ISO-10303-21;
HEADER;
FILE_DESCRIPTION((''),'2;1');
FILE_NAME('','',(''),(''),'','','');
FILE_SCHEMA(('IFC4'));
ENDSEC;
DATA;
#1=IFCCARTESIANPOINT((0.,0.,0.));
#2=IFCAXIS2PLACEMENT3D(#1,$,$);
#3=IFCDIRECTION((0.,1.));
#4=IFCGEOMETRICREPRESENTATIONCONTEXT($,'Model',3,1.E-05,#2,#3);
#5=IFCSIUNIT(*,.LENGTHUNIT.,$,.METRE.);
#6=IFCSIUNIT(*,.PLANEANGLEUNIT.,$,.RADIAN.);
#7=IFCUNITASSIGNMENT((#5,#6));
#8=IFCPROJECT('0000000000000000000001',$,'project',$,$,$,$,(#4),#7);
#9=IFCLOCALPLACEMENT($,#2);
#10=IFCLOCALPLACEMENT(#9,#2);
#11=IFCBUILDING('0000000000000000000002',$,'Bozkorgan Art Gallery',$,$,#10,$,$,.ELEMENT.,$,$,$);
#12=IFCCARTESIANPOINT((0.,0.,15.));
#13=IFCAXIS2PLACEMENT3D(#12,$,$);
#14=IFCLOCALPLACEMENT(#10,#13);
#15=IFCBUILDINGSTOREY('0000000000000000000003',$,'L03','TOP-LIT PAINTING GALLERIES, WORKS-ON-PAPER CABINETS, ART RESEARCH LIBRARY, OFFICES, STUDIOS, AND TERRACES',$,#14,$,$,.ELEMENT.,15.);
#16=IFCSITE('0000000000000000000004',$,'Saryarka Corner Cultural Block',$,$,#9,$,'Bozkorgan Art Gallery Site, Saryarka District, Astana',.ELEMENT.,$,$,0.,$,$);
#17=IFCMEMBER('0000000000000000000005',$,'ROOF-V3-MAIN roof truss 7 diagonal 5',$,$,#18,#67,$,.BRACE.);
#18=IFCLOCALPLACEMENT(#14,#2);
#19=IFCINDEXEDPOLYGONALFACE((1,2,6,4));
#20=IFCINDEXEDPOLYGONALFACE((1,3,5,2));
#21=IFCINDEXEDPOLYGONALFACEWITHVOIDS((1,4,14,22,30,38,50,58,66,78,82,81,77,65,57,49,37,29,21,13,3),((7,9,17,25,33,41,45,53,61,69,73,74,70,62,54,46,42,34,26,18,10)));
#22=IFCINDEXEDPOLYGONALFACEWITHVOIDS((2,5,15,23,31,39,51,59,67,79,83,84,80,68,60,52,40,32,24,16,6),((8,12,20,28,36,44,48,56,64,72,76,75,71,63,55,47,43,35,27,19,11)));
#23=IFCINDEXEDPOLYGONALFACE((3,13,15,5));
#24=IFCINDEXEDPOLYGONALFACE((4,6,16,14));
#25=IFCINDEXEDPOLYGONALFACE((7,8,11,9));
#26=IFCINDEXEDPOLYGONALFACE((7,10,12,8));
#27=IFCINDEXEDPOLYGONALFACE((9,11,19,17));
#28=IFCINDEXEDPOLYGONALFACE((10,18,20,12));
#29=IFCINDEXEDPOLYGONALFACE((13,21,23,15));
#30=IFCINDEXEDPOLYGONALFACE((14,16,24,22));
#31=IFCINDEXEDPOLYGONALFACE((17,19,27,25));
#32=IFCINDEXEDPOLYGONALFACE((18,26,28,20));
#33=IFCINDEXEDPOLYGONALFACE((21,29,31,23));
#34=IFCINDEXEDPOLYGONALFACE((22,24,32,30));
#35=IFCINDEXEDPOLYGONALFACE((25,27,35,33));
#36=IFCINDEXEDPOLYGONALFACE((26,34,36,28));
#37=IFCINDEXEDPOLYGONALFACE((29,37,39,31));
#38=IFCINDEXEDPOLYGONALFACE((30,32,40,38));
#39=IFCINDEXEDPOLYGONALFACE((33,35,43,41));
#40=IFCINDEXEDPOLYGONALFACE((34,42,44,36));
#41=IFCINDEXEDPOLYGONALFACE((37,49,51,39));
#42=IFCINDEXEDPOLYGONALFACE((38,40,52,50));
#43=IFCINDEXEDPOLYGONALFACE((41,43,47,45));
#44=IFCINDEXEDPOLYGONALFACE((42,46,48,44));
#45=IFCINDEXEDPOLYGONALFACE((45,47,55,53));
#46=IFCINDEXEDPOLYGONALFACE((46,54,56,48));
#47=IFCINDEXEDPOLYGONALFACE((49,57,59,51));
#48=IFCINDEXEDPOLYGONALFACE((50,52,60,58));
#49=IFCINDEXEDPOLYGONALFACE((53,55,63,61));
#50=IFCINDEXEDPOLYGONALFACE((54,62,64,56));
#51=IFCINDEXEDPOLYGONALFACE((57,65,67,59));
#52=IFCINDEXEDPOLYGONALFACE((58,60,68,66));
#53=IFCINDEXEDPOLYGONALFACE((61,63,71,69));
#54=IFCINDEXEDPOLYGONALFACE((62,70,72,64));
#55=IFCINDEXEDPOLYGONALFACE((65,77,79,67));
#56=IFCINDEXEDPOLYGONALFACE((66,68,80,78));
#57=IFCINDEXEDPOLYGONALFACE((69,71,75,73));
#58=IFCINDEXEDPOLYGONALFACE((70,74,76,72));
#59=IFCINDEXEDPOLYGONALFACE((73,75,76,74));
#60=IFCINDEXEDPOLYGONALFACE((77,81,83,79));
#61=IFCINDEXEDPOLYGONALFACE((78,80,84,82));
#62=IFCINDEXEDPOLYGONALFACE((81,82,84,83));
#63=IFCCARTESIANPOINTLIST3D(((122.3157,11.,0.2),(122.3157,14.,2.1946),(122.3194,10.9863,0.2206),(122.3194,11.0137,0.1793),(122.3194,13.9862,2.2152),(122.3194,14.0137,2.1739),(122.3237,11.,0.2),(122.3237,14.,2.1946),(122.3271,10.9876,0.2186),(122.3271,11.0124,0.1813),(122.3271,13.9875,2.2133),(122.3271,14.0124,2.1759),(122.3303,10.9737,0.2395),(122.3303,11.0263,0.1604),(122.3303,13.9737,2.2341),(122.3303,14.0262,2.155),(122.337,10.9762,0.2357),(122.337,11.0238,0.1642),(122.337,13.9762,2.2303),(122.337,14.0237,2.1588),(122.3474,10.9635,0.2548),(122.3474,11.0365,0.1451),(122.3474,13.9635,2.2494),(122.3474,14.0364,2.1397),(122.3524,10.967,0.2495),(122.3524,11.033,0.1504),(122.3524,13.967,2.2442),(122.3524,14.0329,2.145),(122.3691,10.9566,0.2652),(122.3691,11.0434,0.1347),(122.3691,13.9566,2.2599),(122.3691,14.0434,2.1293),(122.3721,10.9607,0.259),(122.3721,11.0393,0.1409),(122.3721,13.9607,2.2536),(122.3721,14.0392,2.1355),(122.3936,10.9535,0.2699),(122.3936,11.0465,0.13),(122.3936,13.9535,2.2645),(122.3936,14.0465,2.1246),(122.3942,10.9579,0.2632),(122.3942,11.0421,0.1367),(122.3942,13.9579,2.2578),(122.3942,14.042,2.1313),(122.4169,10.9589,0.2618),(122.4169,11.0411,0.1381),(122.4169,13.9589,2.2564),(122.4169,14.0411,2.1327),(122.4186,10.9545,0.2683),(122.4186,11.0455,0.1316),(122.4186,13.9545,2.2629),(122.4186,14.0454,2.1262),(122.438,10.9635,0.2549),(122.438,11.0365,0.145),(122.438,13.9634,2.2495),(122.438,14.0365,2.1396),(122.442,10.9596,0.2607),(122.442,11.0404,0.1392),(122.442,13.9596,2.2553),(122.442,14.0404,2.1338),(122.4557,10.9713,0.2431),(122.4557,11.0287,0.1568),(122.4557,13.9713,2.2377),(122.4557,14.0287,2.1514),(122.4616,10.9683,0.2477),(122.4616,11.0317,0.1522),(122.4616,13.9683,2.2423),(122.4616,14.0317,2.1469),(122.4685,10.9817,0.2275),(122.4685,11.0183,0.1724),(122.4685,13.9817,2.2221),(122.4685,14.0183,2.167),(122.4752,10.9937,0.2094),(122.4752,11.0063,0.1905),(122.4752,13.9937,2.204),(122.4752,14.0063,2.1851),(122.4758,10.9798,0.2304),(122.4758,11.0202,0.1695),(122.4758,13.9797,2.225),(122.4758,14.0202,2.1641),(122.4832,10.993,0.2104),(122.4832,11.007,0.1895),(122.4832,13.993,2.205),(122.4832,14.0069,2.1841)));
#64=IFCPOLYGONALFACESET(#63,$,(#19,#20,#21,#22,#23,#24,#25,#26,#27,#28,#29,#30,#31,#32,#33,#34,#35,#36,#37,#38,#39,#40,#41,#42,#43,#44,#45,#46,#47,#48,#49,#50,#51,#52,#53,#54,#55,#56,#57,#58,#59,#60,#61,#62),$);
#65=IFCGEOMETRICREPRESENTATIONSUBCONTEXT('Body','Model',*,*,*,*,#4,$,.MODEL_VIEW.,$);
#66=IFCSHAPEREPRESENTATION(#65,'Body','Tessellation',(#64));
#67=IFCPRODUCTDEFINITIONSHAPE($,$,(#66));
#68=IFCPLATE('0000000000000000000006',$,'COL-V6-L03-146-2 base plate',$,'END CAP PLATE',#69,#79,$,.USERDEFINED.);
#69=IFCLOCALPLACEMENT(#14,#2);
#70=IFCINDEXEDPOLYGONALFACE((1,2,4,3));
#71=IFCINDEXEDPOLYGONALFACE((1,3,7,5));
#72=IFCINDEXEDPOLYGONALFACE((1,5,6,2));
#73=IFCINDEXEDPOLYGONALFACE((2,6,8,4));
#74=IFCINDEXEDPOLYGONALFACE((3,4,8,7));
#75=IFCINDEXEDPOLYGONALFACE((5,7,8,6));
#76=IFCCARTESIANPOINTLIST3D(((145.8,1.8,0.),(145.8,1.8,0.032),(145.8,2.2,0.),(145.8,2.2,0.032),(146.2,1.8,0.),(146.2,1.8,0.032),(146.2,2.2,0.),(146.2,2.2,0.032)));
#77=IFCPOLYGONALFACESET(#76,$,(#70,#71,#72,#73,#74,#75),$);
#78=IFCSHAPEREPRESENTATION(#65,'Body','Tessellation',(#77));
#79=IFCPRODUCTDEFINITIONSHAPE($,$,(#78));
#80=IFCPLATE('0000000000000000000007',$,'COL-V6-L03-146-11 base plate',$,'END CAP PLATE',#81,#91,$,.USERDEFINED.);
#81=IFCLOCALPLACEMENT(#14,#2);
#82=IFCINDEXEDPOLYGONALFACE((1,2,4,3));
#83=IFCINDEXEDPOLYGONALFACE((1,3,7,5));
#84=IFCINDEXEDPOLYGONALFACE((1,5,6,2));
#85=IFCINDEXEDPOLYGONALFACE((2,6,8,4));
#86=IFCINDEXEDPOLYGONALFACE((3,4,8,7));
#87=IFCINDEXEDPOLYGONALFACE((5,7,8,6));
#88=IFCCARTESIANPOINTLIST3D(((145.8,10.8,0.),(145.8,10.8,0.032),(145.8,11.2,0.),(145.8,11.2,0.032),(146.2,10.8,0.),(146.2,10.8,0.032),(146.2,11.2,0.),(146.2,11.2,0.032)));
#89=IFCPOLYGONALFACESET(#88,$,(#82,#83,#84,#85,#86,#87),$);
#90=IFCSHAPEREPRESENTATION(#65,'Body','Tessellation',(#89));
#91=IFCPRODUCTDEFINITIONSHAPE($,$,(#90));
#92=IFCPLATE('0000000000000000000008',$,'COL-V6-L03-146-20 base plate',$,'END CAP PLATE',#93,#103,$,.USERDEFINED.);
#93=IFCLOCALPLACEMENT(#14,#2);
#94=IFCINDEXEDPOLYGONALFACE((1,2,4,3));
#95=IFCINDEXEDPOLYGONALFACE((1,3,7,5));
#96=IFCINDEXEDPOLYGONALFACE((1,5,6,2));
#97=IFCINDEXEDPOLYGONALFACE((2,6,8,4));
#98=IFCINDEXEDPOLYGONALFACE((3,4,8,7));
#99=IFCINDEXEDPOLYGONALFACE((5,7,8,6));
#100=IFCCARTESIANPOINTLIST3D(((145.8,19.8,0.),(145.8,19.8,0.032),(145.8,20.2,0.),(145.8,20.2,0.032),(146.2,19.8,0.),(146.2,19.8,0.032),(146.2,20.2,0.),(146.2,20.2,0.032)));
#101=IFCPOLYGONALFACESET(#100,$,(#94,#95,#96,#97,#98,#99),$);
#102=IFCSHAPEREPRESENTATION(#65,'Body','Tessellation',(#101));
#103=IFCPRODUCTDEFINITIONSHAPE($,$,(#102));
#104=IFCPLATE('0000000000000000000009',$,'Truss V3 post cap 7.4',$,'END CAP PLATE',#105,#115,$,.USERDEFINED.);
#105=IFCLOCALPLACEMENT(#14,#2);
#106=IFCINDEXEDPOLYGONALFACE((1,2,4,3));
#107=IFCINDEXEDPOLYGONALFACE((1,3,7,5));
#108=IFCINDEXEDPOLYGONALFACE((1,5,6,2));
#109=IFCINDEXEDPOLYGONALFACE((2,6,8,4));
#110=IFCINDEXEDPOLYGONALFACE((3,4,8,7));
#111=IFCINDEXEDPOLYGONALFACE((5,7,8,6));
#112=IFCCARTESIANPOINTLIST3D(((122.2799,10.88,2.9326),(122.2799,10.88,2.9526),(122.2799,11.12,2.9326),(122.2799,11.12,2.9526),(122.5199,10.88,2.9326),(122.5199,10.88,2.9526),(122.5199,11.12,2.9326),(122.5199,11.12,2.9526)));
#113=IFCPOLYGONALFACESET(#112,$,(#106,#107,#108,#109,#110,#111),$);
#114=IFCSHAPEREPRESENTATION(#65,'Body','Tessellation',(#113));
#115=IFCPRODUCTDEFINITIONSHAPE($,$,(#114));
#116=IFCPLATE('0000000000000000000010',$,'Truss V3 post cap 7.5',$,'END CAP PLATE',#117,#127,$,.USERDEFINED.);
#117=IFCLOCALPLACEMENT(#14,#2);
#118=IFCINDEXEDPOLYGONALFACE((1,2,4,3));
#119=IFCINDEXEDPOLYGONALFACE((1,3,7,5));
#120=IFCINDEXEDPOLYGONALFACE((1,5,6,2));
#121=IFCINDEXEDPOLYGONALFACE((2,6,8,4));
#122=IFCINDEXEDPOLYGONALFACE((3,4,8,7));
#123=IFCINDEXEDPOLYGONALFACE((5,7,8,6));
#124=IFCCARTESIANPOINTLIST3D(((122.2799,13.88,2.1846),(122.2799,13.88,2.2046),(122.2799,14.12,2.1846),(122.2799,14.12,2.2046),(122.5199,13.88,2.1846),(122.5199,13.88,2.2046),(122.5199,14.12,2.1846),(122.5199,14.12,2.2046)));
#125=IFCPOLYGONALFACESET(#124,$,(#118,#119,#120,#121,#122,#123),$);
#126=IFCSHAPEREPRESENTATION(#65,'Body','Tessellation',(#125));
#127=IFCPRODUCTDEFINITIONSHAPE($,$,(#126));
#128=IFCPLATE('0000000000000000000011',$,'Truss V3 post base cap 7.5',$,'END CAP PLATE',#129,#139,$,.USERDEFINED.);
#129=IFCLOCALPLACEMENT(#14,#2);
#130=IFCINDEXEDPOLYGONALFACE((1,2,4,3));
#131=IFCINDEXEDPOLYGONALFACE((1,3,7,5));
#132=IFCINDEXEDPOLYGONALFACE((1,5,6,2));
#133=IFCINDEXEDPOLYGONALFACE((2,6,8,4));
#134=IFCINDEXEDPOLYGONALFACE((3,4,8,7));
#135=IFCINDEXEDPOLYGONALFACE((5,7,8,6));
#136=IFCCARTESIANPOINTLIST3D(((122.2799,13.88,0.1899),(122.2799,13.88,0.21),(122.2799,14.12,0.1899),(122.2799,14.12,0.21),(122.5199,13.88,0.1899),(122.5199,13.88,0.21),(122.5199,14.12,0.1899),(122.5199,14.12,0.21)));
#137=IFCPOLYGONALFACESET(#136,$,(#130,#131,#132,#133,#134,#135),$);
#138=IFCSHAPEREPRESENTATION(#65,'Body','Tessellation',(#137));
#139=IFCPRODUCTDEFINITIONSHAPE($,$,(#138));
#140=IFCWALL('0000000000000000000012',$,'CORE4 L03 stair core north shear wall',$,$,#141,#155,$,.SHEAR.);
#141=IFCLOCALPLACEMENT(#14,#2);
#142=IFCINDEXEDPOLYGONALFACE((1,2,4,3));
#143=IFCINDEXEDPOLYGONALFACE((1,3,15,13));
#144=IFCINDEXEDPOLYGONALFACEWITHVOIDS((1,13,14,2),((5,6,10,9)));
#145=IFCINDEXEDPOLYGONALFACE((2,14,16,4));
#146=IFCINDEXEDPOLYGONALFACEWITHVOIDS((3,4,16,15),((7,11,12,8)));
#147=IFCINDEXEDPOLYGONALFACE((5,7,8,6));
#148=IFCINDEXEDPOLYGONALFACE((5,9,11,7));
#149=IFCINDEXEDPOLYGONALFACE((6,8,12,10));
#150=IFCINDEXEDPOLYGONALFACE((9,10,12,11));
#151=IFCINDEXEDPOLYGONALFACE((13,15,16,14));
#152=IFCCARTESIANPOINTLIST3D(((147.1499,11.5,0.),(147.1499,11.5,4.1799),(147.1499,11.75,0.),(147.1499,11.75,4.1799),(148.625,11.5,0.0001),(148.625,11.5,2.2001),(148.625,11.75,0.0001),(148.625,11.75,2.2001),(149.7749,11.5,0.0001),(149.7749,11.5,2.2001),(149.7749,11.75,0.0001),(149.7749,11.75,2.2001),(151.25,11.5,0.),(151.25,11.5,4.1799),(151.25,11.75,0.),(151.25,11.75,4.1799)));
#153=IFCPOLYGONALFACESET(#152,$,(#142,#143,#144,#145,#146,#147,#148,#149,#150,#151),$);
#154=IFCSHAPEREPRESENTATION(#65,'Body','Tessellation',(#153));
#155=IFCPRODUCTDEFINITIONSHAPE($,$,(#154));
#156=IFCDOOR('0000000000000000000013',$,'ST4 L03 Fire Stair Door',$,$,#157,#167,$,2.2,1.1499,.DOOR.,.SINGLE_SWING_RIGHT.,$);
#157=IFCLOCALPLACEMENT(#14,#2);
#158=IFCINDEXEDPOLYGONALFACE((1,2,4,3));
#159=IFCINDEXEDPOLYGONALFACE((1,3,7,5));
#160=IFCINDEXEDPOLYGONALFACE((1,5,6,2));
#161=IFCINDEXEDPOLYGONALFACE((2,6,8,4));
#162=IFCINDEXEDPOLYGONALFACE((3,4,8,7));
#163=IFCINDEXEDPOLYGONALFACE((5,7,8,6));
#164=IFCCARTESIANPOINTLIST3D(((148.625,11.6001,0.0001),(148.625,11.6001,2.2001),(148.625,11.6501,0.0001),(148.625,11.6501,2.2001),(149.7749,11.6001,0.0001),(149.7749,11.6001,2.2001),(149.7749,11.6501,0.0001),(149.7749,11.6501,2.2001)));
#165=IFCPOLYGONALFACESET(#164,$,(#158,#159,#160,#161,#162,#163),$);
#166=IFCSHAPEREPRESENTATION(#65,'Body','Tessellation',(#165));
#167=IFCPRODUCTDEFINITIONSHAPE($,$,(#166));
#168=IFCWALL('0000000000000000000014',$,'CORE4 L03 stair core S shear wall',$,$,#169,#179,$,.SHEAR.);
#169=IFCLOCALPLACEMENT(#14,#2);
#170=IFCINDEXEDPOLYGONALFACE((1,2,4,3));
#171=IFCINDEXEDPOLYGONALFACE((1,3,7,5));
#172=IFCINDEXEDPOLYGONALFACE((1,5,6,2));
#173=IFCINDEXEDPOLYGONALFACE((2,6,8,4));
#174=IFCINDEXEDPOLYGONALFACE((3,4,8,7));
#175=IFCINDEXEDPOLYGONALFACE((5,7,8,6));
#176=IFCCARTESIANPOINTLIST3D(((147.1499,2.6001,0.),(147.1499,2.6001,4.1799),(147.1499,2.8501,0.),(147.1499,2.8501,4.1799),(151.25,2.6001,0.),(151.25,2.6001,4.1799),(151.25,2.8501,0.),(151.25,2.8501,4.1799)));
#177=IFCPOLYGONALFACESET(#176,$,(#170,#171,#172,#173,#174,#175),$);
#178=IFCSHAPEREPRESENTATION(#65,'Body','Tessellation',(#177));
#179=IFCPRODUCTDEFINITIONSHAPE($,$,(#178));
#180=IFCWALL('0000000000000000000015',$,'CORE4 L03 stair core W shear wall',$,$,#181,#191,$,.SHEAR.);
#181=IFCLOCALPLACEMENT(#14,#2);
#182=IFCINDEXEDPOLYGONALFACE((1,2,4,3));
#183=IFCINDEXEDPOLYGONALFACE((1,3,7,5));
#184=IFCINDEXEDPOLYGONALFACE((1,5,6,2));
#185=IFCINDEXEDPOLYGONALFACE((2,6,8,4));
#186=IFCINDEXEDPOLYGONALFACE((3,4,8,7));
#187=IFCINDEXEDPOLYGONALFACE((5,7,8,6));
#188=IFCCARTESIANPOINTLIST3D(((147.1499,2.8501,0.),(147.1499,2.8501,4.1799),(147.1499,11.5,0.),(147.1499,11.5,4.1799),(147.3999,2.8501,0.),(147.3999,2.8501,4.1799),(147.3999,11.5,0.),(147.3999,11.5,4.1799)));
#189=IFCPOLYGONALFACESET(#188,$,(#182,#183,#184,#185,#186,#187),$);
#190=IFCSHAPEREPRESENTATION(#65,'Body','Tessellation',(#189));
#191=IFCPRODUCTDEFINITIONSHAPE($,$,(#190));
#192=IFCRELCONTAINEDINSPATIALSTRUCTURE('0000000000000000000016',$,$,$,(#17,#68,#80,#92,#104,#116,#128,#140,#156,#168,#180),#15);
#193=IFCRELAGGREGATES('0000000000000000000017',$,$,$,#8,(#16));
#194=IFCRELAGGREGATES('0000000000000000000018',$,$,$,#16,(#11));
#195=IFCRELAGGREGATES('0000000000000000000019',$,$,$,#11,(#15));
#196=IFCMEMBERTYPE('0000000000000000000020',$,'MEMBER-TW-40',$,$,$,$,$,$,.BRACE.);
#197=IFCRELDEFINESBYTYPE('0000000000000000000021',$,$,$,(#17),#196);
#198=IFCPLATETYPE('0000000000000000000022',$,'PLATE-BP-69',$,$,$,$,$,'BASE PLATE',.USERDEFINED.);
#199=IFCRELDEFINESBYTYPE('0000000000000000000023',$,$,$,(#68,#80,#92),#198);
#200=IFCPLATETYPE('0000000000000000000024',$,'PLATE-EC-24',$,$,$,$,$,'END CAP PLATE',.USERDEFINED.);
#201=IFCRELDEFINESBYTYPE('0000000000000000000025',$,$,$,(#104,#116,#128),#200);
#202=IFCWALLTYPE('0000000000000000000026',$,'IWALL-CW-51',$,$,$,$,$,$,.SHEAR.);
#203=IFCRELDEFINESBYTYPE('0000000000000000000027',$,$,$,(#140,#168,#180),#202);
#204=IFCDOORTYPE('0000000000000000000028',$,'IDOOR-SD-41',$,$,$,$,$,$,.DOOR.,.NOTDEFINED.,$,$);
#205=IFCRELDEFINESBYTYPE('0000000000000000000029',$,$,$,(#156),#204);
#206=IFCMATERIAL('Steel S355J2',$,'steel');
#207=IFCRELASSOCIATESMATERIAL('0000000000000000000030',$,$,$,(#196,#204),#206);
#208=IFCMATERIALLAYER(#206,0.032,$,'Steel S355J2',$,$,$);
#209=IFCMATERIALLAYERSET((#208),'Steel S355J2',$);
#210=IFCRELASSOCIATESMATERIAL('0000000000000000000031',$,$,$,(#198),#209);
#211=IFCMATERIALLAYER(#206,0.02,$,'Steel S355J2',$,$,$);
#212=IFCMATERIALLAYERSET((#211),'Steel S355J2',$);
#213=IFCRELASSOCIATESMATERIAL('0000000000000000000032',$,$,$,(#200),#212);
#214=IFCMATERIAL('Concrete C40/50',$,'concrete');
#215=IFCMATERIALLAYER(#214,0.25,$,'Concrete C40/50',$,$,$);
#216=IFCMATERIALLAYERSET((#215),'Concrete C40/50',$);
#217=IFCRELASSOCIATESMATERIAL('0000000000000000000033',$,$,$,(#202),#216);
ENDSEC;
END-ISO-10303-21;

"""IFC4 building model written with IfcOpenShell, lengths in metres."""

from ifc_helpers import new_model, si_unit, direction, frame, frame_2d, origin, origin_2d, place, context, subcontext, project, spatial, rectangle, hollow_circle, extrude, material, layer, layer_set, material_profile, profile_set, type_object, element, fill, save


model = new_model("IFC4")

# Units and contexts
model_context = context("Model", 3, precision=1e-05, world=origin(), true_north=direction((0.0, 1.0)))
body_context = subcontext(model_context, "Body", "Model", "MODEL_VIEW")
ifc_project = project(units=[si_unit("LENGTHUNIT", "METRE"), si_unit("PLANEANGLEUNIT", "RADIAN")], contexts=[model_context])

# Site, building, storey
site_placement = place(None, origin())
site = spatial("IfcSite", under=ifc_project, at=site_placement, Name="Saryarka Corner Cultural Block", LongName="Bozkorgan Art Gallery Site, Saryarka District, Astana", CompositionType="ELEMENT", RefElevation=0.0)
building_placement = place(site_placement, origin())
building = spatial("IfcBuilding", under=site, at=building_placement, Name="Bozkorgan Art Gallery", CompositionType="ELEMENT")
storey_placement = place(building_placement, frame((0.0, 0.0, 15.0)))
storey = spatial("IfcBuildingStorey", under=building, at=storey_placement, Name="L03", Description="TOP-LIT PAINTING GALLERIES, WORKS-ON-PAPER CABINETS, ART RESEARCH LIBRARY, OFFICES, STUDIOS, AND TERRACES", CompositionType="ELEMENT", Elevation=15.0)

# Shared definitions
ifc_material_1 = material(Name="Steel S355J2", Category="steel")

# Member
ifc_material_profile_1 = material_profile(ifc_material_1, hollow_circle(Radius=0.0842, WallThickness=0.0081, at=origin_2d()), Name="CHS 168.3x8")
ifc_profile_set_1 = profile_set([ifc_material_profile_1], Name="Steel S355J2")
member_type_1 = type_object("IfcMemberType", Name="MEMBER-TW-40", PredefinedType="BRACE", material=ifc_profile_set_1)
member_1_placement = place(storey_placement, frame((122.3999, 11.0, 0.2), z_axis=(0.0, 0.832738, 0.553668), x_axis=(-1.0, 0.0, 0.0)))
element("IfcMember", 1, at=member_1_placement, inside=storey, type_object=member_type_1, Name="ROOF-V3-MAIN roof truss 7 diagonal 5", PredefinedType="BRACE", context=body_context, shape_type="SweptSolid", body=[
    extrude(hollow_circle(Radius=0.0842, WallThickness=0.0081, at=origin_2d()), origin(), (0.0, 0.0, 1.0), 3.6025),
])

# Plates
ifc_layer_1 = layer(ifc_material_1, 0.032, Name="Steel S355J2")
ifc_layer_set_1 = layer_set([ifc_layer_1], Name="Steel S355J2")
plate_type_1 = type_object("IfcPlateType", Name="PLATE-BP-69", ElementType="BASE PLATE", PredefinedType="USERDEFINED", material=ifc_layer_set_1)
for number, where, z_axis, x_axis, name in (
    (2, (146.0, 2.0, 0.0), (0.0, 0.0, 1.0), (1.0, 0.0, 0.0), "COL-V6-L03-146-2 base plate"),
    (3, (146.0, 11.0, 0.0), (0.0, 0.0, 1.0), (1.0, 0.0, 0.0), "COL-V6-L03-146-11 base plate"),
    (4, (146.0, 20.0, 0.0), (0.0, 0.0, 1.0), (1.0, 0.0, 0.0), "COL-V6-L03-146-20 base plate"),
):
    element("IfcPlate", number, at=place(storey_placement, frame(where, z_axis=z_axis, x_axis=x_axis)), inside=storey, type_object=plate_type_1, Name=name, ObjectType="END CAP PLATE", PredefinedType="USERDEFINED", context=body_context, shape_type="SweptSolid", body=[
        extrude(rectangle(XDim=0.3999, YDim=0.3999, at=origin_2d()), origin(), (0.0, 0.0, 1.0), 0.032),
    ])
ifc_layer_2 = layer(ifc_material_1, 0.02, Name="Steel S355J2")
ifc_layer_set_2 = layer_set([ifc_layer_2], Name="Steel S355J2")
plate_type_2 = type_object("IfcPlateType", Name="PLATE-EC-24", ElementType="END CAP PLATE", PredefinedType="USERDEFINED", material=ifc_layer_set_2)
for number, where, z_axis, x_axis, name in (
    (5, (122.3999, 11.0, 2.9326), (0.0, 0.0, 1.0), (1.0, 0.0, 0.0), "Truss V3 post cap 7.4"),
    (6, (122.3999, 14.0, 2.1846), (0.0, 0.0, 1.0), (1.0, 0.0, 0.0), "Truss V3 post cap 7.5"),
    (7, (122.3999, 14.0, 0.1899), (0.0, 0.0, 1.0), (1.0, 0.0, 0.0), "Truss V3 post base cap 7.5"),
):
    element("IfcPlate", number, at=place(storey_placement, frame(where, z_axis=z_axis, x_axis=x_axis)), inside=storey, type_object=plate_type_2, Name=name, ObjectType="END CAP PLATE", PredefinedType="USERDEFINED", context=body_context, shape_type="SweptSolid", body=[
        extrude(rectangle(XDim=0.24, YDim=0.24, at=origin_2d()), origin(), (0.0, 0.0, 1.0), 0.02),
    ])

# Wall, opening, door
ifc_material_2 = material(Name="Concrete C40/50", Category="concrete")
ifc_layer_3 = layer(ifc_material_2, 0.25, Name="Concrete C40/50")
ifc_layer_set_3 = layer_set([ifc_layer_3], Name="Concrete C40/50")
wall_type_1 = type_object("IfcWallType", Name="IWALL-CW-51", PredefinedType="SHEAR", material=ifc_layer_set_3)
wall_1_placement = place(storey_placement, frame((147.1499, 11.625, 0.0), z_axis=(0.0, 0.0, 1.0), x_axis=(1.0, 0.0, 0.0)))
wall_1 = element("IfcWall", 8, at=wall_1_placement, inside=storey, type_object=wall_type_1, Name="CORE4 L03 stair core north shear wall", PredefinedType="SHEAR", context=body_context, shape_type="SweptSolid", body=[
    extrude(rectangle(XDim=4.1001, YDim=0.25, at=frame_2d((2.05, 0.0))), origin(), (0.0, 0.0, 1.0), 4.1799),
])
opening_1_placement = place(wall_1_placement, frame((2.625, 0.0, 0.0), z_axis=(0.0, 0.0, 1.0), x_axis=(-1.0, 0.0, 0.0)))
opening_1 = element("IfcOpeningElement", 9, at=opening_1_placement, cuts=wall_1, PredefinedType="OPENING", context=body_context, shape_type="SweptSolid", body=[
    extrude(rectangle(XDim=1.1499, YDim=2.2, at=frame_2d((0.575, 1.1001))), frame((0.0, 0.135, 0.0), z_axis=(0.0, -1.0, 0.0), x_axis=(1.0, 0.0, 0.0)), (0.0, 0.0, 1.0), 0.27),
])
door_type_1 = type_object("IfcDoorType", Name="IDOOR-SD-41", OperationType="NOTDEFINED", PredefinedType="DOOR", material=ifc_material_1)
door_1_placement = place(opening_1_placement, origin())
door_1 = element("IfcDoor", 10, at=door_1_placement, inside=storey, type_object=door_type_1, Name="ST4 L03 Fire Stair Door", OperationType="SINGLE_SWING_RIGHT", OverallHeight=2.2, OverallWidth=1.1499, PredefinedType="DOOR", context=body_context, shape_type="SweptSolid", body=[
    extrude(rectangle(XDim=1.1499, YDim=2.2, at=frame_2d((0.575, 1.1001))), frame((0.0, 0.0249, 0.0), z_axis=(0.0, -1.0, 0.0), x_axis=(1.0, 0.0, 0.0)), (0.0, 0.0, 1.0), 0.05),
])
fill(opening_1, door_1)

# Walls
wall_2_placement = place(storey_placement, frame((147.1499, 2.7251, 0.0), z_axis=(0.0, 0.0, 1.0), x_axis=(1.0, 0.0, 0.0)))
element("IfcWall", 11, at=wall_2_placement, inside=storey, type_object=wall_type_1, Name="CORE4 L03 stair core S shear wall", PredefinedType="SHEAR", context=body_context, shape_type="SweptSolid", body=[
    extrude(rectangle(XDim=4.1001, YDim=0.25, at=frame_2d((2.05, 0.0))), origin(), (0.0, 0.0, 1.0), 4.1799),
])
wall_3_placement = place(storey_placement, frame((147.2749, 2.8501, 0.0), z_axis=(0.0, 0.0, 1.0), x_axis=(0.0, 1.0, 0.0)))
element("IfcWall", 12, at=wall_3_placement, inside=storey, type_object=wall_type_1, Name="CORE4 L03 stair core W shear wall", PredefinedType="SHEAR", context=body_context, shape_type="SweptSolid", body=[
    extrude(rectangle(XDim=8.6499, YDim=0.25, at=frame_2d((4.325, 0.0))), origin(), (0.0, 0.0, 1.0), 4.1799),
])

save(model, "model.ifc")
